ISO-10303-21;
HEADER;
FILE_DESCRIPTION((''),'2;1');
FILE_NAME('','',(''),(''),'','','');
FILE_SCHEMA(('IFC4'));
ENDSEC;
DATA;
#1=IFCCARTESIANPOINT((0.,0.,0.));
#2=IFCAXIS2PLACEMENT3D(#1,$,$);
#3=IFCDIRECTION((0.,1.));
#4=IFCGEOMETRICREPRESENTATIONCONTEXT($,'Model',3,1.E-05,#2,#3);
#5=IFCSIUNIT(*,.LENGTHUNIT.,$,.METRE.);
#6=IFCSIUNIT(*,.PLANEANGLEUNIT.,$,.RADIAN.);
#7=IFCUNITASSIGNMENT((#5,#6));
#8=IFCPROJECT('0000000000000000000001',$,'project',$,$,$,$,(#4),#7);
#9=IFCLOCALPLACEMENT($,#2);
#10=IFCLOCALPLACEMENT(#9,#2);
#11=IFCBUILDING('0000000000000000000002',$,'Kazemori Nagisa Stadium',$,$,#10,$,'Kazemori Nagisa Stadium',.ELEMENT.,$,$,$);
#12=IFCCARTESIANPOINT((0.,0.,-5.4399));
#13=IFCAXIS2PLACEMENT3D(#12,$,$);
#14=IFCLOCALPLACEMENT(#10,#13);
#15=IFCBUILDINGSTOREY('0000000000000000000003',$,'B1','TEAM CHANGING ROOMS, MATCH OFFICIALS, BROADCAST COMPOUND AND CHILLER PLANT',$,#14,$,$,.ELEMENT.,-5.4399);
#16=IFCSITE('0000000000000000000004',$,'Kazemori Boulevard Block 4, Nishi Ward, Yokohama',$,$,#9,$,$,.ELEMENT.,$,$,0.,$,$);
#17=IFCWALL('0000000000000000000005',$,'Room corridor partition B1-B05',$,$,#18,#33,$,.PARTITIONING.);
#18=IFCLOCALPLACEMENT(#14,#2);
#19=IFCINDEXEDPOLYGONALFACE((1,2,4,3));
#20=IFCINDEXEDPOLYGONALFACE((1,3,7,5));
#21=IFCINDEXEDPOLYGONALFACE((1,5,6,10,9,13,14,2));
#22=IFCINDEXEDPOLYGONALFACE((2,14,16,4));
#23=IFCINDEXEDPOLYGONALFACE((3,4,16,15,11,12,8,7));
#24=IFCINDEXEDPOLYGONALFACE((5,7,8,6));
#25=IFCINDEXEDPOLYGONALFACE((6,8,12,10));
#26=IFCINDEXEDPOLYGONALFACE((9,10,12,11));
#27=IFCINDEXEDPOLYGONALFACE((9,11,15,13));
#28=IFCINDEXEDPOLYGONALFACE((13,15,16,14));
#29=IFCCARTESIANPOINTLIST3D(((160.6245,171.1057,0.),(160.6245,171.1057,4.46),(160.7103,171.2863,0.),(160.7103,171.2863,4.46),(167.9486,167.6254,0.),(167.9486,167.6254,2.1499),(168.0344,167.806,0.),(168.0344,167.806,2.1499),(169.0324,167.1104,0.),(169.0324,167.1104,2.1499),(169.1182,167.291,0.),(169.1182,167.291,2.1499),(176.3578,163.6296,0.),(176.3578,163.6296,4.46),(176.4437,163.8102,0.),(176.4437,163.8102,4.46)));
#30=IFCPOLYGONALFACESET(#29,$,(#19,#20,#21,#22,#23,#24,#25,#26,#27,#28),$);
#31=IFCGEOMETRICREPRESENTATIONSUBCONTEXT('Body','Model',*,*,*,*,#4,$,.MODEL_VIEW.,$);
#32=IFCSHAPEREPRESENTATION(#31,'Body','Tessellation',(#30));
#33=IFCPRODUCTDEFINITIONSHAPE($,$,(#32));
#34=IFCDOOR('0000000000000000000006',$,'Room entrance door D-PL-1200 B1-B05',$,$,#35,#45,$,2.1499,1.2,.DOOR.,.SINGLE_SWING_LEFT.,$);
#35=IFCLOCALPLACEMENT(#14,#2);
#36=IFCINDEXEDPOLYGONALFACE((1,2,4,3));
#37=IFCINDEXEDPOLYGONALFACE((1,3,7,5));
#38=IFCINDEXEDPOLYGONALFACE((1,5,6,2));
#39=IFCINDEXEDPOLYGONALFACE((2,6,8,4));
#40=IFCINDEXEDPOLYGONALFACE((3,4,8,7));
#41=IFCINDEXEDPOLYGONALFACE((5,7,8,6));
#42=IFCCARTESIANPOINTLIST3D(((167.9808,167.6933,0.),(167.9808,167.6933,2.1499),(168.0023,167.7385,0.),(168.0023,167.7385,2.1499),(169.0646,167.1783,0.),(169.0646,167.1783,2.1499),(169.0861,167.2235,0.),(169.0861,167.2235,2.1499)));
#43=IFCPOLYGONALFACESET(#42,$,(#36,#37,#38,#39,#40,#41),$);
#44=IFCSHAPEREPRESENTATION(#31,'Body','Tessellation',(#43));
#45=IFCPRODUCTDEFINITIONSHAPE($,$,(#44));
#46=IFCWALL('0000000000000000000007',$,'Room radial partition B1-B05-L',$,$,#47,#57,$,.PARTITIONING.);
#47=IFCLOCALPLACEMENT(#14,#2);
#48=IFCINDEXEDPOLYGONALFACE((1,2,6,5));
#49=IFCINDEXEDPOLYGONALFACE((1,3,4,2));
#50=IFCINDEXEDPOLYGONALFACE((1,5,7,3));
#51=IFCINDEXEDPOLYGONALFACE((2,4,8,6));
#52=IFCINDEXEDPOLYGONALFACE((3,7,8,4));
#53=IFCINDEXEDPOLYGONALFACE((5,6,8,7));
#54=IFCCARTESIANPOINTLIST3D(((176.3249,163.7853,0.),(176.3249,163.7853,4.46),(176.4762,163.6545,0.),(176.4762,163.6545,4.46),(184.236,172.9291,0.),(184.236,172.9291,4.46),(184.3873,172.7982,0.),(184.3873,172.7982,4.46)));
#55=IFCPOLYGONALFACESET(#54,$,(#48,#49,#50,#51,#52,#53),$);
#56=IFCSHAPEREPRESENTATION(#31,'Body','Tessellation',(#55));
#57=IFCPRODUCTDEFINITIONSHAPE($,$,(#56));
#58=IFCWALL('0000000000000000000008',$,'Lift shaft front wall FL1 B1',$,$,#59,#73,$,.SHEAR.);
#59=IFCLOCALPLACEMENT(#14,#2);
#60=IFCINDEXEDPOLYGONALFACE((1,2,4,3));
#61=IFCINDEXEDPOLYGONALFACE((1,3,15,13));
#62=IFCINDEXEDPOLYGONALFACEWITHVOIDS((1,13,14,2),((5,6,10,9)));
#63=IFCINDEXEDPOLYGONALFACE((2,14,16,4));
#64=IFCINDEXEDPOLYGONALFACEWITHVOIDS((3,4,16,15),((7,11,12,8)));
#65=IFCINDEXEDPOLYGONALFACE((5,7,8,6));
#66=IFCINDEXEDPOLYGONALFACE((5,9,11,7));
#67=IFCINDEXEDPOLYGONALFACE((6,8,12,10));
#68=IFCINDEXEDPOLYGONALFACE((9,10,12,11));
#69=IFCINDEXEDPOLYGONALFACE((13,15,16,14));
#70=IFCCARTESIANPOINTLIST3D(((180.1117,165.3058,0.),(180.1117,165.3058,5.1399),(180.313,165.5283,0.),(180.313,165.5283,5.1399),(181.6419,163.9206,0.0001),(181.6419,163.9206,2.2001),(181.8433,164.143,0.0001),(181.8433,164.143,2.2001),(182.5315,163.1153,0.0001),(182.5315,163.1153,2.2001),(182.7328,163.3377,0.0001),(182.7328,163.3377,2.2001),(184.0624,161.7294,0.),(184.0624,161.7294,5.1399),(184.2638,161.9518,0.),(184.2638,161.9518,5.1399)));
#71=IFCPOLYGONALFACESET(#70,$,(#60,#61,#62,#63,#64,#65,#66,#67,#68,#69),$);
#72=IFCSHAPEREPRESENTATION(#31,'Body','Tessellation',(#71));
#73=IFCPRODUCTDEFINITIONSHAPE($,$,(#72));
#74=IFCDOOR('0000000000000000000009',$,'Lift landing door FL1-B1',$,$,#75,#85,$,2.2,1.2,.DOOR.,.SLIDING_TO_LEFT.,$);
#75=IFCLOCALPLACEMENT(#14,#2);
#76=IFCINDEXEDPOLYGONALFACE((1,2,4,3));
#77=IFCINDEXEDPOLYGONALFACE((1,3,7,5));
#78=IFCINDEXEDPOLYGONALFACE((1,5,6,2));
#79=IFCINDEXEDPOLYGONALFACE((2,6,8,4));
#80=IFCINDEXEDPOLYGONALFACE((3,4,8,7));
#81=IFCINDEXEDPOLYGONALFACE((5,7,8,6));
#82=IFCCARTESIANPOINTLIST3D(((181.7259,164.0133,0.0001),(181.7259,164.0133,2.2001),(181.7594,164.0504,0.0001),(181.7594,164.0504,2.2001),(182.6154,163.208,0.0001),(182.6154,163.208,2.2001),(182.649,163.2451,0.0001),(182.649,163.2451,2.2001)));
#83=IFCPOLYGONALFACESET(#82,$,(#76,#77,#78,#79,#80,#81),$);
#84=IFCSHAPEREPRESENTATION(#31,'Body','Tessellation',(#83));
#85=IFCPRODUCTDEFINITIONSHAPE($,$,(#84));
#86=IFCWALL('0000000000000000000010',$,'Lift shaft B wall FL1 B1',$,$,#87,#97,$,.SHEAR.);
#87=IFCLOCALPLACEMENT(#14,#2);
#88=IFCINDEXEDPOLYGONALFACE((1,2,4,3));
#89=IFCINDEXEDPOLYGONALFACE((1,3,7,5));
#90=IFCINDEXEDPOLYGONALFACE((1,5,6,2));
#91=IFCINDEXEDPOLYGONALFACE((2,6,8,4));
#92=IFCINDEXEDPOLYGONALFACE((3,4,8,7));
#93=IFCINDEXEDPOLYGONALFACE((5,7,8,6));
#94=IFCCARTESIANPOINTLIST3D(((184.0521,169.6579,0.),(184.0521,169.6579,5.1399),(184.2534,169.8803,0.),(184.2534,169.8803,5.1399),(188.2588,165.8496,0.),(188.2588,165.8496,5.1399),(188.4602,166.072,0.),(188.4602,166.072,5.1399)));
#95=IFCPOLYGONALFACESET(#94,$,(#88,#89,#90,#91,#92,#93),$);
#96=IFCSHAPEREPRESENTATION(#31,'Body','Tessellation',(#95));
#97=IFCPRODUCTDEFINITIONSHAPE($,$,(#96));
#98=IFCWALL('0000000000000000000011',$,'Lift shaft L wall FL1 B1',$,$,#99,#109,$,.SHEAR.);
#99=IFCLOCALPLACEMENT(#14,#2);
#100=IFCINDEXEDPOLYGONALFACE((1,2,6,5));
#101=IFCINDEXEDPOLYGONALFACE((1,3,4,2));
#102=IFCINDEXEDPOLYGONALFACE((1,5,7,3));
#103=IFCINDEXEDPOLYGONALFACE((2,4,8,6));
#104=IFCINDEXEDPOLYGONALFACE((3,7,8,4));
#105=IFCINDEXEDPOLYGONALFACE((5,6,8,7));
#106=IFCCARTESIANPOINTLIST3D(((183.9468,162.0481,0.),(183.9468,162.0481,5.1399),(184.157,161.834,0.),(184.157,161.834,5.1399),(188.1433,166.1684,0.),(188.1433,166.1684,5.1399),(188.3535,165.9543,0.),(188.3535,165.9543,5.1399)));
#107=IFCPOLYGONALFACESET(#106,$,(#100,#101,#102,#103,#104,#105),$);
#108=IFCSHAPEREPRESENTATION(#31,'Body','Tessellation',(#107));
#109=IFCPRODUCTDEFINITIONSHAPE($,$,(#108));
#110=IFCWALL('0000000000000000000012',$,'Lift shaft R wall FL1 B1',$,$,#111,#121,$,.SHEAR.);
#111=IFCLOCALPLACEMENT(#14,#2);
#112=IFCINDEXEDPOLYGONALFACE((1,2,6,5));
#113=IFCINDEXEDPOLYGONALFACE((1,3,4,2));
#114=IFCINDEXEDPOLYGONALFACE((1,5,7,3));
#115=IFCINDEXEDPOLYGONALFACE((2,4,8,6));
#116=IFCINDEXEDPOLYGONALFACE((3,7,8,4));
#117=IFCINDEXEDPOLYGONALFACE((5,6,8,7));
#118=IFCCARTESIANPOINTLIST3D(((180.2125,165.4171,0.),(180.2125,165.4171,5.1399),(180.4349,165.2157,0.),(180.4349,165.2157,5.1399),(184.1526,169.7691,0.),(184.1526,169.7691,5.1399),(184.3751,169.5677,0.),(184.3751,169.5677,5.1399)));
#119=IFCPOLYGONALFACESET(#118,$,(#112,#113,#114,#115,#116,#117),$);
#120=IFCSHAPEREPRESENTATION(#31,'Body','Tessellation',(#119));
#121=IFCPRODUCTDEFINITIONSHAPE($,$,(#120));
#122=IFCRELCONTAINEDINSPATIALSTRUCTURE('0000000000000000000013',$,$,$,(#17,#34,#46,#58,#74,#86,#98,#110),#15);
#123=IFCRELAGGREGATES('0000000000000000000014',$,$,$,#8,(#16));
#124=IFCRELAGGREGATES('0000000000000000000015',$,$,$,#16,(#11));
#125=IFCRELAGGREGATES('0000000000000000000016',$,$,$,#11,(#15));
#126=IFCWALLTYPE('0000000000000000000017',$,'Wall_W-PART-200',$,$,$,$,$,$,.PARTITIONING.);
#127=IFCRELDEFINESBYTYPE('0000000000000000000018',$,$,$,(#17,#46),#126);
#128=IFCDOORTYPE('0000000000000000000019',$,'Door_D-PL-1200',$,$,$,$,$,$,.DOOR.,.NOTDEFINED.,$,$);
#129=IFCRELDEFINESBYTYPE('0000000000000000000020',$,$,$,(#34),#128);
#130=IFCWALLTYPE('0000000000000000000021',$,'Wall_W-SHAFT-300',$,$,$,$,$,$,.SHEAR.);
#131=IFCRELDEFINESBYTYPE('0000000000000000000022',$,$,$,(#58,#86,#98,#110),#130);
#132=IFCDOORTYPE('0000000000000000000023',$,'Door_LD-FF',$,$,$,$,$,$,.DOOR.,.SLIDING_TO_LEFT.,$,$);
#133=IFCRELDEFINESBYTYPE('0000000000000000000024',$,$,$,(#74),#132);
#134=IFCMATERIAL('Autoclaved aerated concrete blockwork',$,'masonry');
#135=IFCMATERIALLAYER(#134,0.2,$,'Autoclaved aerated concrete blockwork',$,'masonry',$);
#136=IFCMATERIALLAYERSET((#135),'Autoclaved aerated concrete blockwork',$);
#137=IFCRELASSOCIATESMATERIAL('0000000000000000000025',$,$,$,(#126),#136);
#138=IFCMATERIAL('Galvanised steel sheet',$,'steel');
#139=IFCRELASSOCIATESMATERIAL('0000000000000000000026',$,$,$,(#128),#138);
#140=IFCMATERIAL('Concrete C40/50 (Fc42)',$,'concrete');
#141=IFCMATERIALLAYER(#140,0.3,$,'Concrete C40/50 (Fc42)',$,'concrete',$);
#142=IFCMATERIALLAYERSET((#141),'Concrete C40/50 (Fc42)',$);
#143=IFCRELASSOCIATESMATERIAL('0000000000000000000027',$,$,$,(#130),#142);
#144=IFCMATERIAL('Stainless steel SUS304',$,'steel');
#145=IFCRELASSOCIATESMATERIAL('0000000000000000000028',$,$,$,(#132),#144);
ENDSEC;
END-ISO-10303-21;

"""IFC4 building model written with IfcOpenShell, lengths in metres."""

from ifc_helpers import new_model, si_unit, direction, frame, frame_2d, origin, place, context, subcontext, project, spatial, rectangle, extrude, material, layer, layer_set, type_object, element, fill, save


model = new_model("IFC4")

# Units and contexts
model_context = context("Model", 3, precision=1e-05, world=origin(), true_north=direction((0.0, 1.0)))
body_context = subcontext(model_context, "Body", "Model", "MODEL_VIEW")
ifc_project = project(units=[si_unit("LENGTHUNIT", "METRE"), si_unit("PLANEANGLEUNIT", "RADIAN")], contexts=[model_context])

# Site, building, storey
site_placement = place(None, origin())
site = spatial("IfcSite", under=ifc_project, at=site_placement, Name="Kazemori Boulevard Block 4, Nishi Ward, Yokohama", CompositionType="ELEMENT", RefElevation=0.0)
building_placement = place(site_placement, origin())
building = spatial("IfcBuilding", under=site, at=building_placement, Name="Kazemori Nagisa Stadium", LongName="Kazemori Nagisa Stadium", CompositionType="ELEMENT")
storey_placement = place(building_placement, frame((0.0, 0.0, -5.4399)))
storey = spatial("IfcBuildingStorey", under=building, at=storey_placement, Name="B1", Description="TEAM CHANGING ROOMS, MATCH OFFICIALS, BROADCAST COMPOUND AND CHILLER PLANT", CompositionType="ELEMENT", Elevation=-5.4399)

# Shared definitions
ifc_material_1 = material(Name="Concrete C40/50 (Fc42)", Category="concrete")

# Wall, opening, door
ifc_material_2 = material(Name="Autoclaved aerated concrete blockwork", Category="masonry")
ifc_layer_1 = layer(ifc_material_2, 0.2, Name="Autoclaved aerated concrete blockwork", Category="masonry")
ifc_layer_set_1 = layer_set([ifc_layer_1], Name="Autoclaved aerated concrete blockwork")
wall_type_1 = type_object("IfcWallType", Name="Wall_W-PART-200", PredefinedType="PARTITIONING", material=ifc_layer_set_1)
wall_1_placement = place(storey_placement, frame((176.4006, 163.72, 0.0), z_axis=(0.0, 0.0, 1.0), x_axis=(-0.903217, 0.429184, 0.0)))
wall_1 = element("IfcWall", 1, at=wall_1_placement, inside=storey, type_object=wall_type_1, Name="Room corridor partition B1-B05", PredefinedType="PARTITIONING", context=body_context, shape_type="SweptSolid", body=[
    extrude(rectangle(XDim=17.4192, YDim=0.2, at=frame_2d((8.7095, 0.0))), origin(), (0.0, 0.0, 1.0), 4.46),
])
opening_1_placement = place(wall_1_placement, frame((8.1101, 0.0, 0.0)))
opening_1 = element("IfcOpeningElement", 2, at=opening_1_placement, cuts=wall_1, PredefinedType="OPENING", context=body_context, shape_type="SweptSolid", body=[
    extrude(rectangle(XDim=1.2, YDim=2.1499, at=frame_2d((0.6001, 1.075))), frame((0.0, 0.1099, 0.0), z_axis=(0.0, -1.0, 0.0), x_axis=(1.0, 0.0, 0.0)), (0.0, 0.0, 1.0), 0.22),
])
ifc_material_3 = material(Name="Galvanised steel sheet", Category="steel")
door_type_1 = type_object("IfcDoorType", Name="Door_D-PL-1200", OperationType="NOTDEFINED", PredefinedType="DOOR", material=ifc_material_3)
door_1_placement = place(opening_1_placement, origin())
door_1 = element("IfcDoor", 3, at=door_1_placement, inside=storey, type_object=door_type_1, Name="Room entrance door D-PL-1200 B1-B05", OperationType="SINGLE_SWING_LEFT", OverallHeight=2.1499, OverallWidth=1.2, PredefinedType="DOOR", context=body_context, shape_type="SweptSolid", body=[
    extrude(rectangle(XDim=1.2, YDim=2.1499, at=frame_2d((0.6001, 1.075))), frame((0.0, 0.0249, 0.0), z_axis=(0.0, -1.0, 0.0), x_axis=(1.0, 0.0, 0.0)), (0.0, 0.0, 1.0), 0.05),
])
fill(opening_1, door_1)

# Wall
wall_2_placement = place(storey_placement, frame((176.4006, 163.72, 0.0), z_axis=(0.0, 0.0, 1.0), x_axis=(0.654293, 0.756241, 0.0)))
element("IfcWall", 4, at=wall_2_placement, inside=storey, type_object=wall_type_1, Name="Room radial partition B1-B05-L", PredefinedType="PARTITIONING", context=body_context, shape_type="SweptSolid", body=[
    extrude(rectangle(XDim=12.0911, YDim=0.2, at=frame_2d((6.0454, 0.0))), origin(), (0.0, 0.0, 1.0), 4.46),
])

# Wall, opening, door
ifc_layer_2 = layer(ifc_material_1, 0.3, Name="Concrete C40/50 (Fc42)", Category="concrete")
ifc_layer_set_2 = layer_set([ifc_layer_2], Name="Concrete C40/50 (Fc42)")
wall_type_2 = type_object("IfcWallType", Name="Wall_W-SHAFT-300", PredefinedType="SHEAR", material=ifc_layer_set_2)
wall_3_placement = place(storey_placement, frame((184.1631, 161.8406, 0.0), z_axis=(0.0, 0.0, 1.0), x_axis=(-0.74135, 0.671118, 0.0)))
wall_3 = element("IfcWall", 5, at=wall_3_placement, inside=storey, type_object=wall_type_2, Name="Lift shaft front wall FL1 B1", PredefinedType="SHEAR", context=body_context, shape_type="SweptSolid", body=[
    extrude(rectangle(XDim=5.3291, YDim=0.3, at=frame_2d((2.6646, 0.0))), origin(), (0.0, 0.0, 1.0), 5.1399),
])
opening_2_placement = place(wall_3_placement, frame((2.0649, 0.0, 0.0)))
opening_2 = element("IfcOpeningElement", 6, at=opening_2_placement, cuts=wall_3, PredefinedType="OPENING", context=body_context, shape_type="SweptSolid", body=[
    extrude(rectangle(XDim=1.2, YDim=2.2, at=frame_2d((0.6001, 1.1001))), frame((0.0, 0.1599, 0.0), z_axis=(0.0, -1.0, 0.0), x_axis=(1.0, 0.0, 0.0)), (0.0, 0.0, 1.0), 0.3201),
])
ifc_material_4 = material(Name="Stainless steel SUS304", Category="steel")
door_type_2 = type_object("IfcDoorType", Name="Door_LD-FF", OperationType="SLIDING_TO_LEFT", PredefinedType="DOOR", material=ifc_material_4)
door_2_placement = place(opening_2_placement, origin())
door_2 = element("IfcDoor", 7, at=door_2_placement, inside=storey, type_object=door_type_2, Name="Lift landing door FL1-B1", OperationType="SLIDING_TO_LEFT", OverallHeight=2.2, OverallWidth=1.2, PredefinedType="DOOR", context=body_context, shape_type="SweptSolid", body=[
    extrude(rectangle(XDim=1.2, YDim=2.2, at=frame_2d((0.6001, 1.1001))), frame((0.0, 0.0249, 0.0), z_axis=(0.0, -1.0, 0.0), x_axis=(1.0, 0.0, 0.0)), (0.0, 0.0, 1.0), 0.05),
])
fill(opening_2, door_2)

# Walls
wall_4_placement = place(storey_placement, frame((188.3596, 165.9607, 0.0), z_axis=(0.0, 0.0, 1.0), x_axis=(-0.741342, 0.671127, 0.0)))
element("IfcWall", 8, at=wall_4_placement, inside=storey, type_object=wall_type_2, Name="Lift shaft B wall FL1 B1", PredefinedType="SHEAR", context=body_context, shape_type="SweptSolid", body=[
    extrude(rectangle(XDim=5.6746, YDim=0.3, at=frame_2d((2.8374, 0.0))), origin(), (0.0, 0.0, 1.0), 5.1399),
])
wall_5_placement = place(storey_placement, frame((184.052, 161.9412, 0.0), z_axis=(0.0, 0.0, 1.0), x_axis=(0.713553, 0.700601, 0.0)))
element("IfcWall", 9, at=wall_5_placement, inside=storey, type_object=wall_type_2, Name="Lift shaft L wall FL1 B1", PredefinedType="SHEAR", context=body_context, shape_type="SweptSolid", body=[
    extrude(rectangle(XDim=5.8811, YDim=0.3, at=frame_2d((2.9404, 0.0))), origin(), (0.0, 0.0, 1.0), 5.1399),
])
wall_6_placement = place(storey_placement, frame((180.3237, 165.3164, 0.0), z_axis=(0.0, 0.0, 1.0), x_axis=(0.671158, 0.741314, 0.0)))
element("IfcWall", 10, at=wall_6_placement, inside=storey, type_object=wall_type_2, Name="Lift shaft R wall FL1 B1", PredefinedType="SHEAR", context=body_context, shape_type="SweptSolid", body=[
    extrude(rectangle(XDim=5.8706, YDim=0.3, at=frame_2d((2.9353, 0.0))), origin(), (0.0, 0.0, 1.0), 5.1399),
])

save(model, "model.ifc")
